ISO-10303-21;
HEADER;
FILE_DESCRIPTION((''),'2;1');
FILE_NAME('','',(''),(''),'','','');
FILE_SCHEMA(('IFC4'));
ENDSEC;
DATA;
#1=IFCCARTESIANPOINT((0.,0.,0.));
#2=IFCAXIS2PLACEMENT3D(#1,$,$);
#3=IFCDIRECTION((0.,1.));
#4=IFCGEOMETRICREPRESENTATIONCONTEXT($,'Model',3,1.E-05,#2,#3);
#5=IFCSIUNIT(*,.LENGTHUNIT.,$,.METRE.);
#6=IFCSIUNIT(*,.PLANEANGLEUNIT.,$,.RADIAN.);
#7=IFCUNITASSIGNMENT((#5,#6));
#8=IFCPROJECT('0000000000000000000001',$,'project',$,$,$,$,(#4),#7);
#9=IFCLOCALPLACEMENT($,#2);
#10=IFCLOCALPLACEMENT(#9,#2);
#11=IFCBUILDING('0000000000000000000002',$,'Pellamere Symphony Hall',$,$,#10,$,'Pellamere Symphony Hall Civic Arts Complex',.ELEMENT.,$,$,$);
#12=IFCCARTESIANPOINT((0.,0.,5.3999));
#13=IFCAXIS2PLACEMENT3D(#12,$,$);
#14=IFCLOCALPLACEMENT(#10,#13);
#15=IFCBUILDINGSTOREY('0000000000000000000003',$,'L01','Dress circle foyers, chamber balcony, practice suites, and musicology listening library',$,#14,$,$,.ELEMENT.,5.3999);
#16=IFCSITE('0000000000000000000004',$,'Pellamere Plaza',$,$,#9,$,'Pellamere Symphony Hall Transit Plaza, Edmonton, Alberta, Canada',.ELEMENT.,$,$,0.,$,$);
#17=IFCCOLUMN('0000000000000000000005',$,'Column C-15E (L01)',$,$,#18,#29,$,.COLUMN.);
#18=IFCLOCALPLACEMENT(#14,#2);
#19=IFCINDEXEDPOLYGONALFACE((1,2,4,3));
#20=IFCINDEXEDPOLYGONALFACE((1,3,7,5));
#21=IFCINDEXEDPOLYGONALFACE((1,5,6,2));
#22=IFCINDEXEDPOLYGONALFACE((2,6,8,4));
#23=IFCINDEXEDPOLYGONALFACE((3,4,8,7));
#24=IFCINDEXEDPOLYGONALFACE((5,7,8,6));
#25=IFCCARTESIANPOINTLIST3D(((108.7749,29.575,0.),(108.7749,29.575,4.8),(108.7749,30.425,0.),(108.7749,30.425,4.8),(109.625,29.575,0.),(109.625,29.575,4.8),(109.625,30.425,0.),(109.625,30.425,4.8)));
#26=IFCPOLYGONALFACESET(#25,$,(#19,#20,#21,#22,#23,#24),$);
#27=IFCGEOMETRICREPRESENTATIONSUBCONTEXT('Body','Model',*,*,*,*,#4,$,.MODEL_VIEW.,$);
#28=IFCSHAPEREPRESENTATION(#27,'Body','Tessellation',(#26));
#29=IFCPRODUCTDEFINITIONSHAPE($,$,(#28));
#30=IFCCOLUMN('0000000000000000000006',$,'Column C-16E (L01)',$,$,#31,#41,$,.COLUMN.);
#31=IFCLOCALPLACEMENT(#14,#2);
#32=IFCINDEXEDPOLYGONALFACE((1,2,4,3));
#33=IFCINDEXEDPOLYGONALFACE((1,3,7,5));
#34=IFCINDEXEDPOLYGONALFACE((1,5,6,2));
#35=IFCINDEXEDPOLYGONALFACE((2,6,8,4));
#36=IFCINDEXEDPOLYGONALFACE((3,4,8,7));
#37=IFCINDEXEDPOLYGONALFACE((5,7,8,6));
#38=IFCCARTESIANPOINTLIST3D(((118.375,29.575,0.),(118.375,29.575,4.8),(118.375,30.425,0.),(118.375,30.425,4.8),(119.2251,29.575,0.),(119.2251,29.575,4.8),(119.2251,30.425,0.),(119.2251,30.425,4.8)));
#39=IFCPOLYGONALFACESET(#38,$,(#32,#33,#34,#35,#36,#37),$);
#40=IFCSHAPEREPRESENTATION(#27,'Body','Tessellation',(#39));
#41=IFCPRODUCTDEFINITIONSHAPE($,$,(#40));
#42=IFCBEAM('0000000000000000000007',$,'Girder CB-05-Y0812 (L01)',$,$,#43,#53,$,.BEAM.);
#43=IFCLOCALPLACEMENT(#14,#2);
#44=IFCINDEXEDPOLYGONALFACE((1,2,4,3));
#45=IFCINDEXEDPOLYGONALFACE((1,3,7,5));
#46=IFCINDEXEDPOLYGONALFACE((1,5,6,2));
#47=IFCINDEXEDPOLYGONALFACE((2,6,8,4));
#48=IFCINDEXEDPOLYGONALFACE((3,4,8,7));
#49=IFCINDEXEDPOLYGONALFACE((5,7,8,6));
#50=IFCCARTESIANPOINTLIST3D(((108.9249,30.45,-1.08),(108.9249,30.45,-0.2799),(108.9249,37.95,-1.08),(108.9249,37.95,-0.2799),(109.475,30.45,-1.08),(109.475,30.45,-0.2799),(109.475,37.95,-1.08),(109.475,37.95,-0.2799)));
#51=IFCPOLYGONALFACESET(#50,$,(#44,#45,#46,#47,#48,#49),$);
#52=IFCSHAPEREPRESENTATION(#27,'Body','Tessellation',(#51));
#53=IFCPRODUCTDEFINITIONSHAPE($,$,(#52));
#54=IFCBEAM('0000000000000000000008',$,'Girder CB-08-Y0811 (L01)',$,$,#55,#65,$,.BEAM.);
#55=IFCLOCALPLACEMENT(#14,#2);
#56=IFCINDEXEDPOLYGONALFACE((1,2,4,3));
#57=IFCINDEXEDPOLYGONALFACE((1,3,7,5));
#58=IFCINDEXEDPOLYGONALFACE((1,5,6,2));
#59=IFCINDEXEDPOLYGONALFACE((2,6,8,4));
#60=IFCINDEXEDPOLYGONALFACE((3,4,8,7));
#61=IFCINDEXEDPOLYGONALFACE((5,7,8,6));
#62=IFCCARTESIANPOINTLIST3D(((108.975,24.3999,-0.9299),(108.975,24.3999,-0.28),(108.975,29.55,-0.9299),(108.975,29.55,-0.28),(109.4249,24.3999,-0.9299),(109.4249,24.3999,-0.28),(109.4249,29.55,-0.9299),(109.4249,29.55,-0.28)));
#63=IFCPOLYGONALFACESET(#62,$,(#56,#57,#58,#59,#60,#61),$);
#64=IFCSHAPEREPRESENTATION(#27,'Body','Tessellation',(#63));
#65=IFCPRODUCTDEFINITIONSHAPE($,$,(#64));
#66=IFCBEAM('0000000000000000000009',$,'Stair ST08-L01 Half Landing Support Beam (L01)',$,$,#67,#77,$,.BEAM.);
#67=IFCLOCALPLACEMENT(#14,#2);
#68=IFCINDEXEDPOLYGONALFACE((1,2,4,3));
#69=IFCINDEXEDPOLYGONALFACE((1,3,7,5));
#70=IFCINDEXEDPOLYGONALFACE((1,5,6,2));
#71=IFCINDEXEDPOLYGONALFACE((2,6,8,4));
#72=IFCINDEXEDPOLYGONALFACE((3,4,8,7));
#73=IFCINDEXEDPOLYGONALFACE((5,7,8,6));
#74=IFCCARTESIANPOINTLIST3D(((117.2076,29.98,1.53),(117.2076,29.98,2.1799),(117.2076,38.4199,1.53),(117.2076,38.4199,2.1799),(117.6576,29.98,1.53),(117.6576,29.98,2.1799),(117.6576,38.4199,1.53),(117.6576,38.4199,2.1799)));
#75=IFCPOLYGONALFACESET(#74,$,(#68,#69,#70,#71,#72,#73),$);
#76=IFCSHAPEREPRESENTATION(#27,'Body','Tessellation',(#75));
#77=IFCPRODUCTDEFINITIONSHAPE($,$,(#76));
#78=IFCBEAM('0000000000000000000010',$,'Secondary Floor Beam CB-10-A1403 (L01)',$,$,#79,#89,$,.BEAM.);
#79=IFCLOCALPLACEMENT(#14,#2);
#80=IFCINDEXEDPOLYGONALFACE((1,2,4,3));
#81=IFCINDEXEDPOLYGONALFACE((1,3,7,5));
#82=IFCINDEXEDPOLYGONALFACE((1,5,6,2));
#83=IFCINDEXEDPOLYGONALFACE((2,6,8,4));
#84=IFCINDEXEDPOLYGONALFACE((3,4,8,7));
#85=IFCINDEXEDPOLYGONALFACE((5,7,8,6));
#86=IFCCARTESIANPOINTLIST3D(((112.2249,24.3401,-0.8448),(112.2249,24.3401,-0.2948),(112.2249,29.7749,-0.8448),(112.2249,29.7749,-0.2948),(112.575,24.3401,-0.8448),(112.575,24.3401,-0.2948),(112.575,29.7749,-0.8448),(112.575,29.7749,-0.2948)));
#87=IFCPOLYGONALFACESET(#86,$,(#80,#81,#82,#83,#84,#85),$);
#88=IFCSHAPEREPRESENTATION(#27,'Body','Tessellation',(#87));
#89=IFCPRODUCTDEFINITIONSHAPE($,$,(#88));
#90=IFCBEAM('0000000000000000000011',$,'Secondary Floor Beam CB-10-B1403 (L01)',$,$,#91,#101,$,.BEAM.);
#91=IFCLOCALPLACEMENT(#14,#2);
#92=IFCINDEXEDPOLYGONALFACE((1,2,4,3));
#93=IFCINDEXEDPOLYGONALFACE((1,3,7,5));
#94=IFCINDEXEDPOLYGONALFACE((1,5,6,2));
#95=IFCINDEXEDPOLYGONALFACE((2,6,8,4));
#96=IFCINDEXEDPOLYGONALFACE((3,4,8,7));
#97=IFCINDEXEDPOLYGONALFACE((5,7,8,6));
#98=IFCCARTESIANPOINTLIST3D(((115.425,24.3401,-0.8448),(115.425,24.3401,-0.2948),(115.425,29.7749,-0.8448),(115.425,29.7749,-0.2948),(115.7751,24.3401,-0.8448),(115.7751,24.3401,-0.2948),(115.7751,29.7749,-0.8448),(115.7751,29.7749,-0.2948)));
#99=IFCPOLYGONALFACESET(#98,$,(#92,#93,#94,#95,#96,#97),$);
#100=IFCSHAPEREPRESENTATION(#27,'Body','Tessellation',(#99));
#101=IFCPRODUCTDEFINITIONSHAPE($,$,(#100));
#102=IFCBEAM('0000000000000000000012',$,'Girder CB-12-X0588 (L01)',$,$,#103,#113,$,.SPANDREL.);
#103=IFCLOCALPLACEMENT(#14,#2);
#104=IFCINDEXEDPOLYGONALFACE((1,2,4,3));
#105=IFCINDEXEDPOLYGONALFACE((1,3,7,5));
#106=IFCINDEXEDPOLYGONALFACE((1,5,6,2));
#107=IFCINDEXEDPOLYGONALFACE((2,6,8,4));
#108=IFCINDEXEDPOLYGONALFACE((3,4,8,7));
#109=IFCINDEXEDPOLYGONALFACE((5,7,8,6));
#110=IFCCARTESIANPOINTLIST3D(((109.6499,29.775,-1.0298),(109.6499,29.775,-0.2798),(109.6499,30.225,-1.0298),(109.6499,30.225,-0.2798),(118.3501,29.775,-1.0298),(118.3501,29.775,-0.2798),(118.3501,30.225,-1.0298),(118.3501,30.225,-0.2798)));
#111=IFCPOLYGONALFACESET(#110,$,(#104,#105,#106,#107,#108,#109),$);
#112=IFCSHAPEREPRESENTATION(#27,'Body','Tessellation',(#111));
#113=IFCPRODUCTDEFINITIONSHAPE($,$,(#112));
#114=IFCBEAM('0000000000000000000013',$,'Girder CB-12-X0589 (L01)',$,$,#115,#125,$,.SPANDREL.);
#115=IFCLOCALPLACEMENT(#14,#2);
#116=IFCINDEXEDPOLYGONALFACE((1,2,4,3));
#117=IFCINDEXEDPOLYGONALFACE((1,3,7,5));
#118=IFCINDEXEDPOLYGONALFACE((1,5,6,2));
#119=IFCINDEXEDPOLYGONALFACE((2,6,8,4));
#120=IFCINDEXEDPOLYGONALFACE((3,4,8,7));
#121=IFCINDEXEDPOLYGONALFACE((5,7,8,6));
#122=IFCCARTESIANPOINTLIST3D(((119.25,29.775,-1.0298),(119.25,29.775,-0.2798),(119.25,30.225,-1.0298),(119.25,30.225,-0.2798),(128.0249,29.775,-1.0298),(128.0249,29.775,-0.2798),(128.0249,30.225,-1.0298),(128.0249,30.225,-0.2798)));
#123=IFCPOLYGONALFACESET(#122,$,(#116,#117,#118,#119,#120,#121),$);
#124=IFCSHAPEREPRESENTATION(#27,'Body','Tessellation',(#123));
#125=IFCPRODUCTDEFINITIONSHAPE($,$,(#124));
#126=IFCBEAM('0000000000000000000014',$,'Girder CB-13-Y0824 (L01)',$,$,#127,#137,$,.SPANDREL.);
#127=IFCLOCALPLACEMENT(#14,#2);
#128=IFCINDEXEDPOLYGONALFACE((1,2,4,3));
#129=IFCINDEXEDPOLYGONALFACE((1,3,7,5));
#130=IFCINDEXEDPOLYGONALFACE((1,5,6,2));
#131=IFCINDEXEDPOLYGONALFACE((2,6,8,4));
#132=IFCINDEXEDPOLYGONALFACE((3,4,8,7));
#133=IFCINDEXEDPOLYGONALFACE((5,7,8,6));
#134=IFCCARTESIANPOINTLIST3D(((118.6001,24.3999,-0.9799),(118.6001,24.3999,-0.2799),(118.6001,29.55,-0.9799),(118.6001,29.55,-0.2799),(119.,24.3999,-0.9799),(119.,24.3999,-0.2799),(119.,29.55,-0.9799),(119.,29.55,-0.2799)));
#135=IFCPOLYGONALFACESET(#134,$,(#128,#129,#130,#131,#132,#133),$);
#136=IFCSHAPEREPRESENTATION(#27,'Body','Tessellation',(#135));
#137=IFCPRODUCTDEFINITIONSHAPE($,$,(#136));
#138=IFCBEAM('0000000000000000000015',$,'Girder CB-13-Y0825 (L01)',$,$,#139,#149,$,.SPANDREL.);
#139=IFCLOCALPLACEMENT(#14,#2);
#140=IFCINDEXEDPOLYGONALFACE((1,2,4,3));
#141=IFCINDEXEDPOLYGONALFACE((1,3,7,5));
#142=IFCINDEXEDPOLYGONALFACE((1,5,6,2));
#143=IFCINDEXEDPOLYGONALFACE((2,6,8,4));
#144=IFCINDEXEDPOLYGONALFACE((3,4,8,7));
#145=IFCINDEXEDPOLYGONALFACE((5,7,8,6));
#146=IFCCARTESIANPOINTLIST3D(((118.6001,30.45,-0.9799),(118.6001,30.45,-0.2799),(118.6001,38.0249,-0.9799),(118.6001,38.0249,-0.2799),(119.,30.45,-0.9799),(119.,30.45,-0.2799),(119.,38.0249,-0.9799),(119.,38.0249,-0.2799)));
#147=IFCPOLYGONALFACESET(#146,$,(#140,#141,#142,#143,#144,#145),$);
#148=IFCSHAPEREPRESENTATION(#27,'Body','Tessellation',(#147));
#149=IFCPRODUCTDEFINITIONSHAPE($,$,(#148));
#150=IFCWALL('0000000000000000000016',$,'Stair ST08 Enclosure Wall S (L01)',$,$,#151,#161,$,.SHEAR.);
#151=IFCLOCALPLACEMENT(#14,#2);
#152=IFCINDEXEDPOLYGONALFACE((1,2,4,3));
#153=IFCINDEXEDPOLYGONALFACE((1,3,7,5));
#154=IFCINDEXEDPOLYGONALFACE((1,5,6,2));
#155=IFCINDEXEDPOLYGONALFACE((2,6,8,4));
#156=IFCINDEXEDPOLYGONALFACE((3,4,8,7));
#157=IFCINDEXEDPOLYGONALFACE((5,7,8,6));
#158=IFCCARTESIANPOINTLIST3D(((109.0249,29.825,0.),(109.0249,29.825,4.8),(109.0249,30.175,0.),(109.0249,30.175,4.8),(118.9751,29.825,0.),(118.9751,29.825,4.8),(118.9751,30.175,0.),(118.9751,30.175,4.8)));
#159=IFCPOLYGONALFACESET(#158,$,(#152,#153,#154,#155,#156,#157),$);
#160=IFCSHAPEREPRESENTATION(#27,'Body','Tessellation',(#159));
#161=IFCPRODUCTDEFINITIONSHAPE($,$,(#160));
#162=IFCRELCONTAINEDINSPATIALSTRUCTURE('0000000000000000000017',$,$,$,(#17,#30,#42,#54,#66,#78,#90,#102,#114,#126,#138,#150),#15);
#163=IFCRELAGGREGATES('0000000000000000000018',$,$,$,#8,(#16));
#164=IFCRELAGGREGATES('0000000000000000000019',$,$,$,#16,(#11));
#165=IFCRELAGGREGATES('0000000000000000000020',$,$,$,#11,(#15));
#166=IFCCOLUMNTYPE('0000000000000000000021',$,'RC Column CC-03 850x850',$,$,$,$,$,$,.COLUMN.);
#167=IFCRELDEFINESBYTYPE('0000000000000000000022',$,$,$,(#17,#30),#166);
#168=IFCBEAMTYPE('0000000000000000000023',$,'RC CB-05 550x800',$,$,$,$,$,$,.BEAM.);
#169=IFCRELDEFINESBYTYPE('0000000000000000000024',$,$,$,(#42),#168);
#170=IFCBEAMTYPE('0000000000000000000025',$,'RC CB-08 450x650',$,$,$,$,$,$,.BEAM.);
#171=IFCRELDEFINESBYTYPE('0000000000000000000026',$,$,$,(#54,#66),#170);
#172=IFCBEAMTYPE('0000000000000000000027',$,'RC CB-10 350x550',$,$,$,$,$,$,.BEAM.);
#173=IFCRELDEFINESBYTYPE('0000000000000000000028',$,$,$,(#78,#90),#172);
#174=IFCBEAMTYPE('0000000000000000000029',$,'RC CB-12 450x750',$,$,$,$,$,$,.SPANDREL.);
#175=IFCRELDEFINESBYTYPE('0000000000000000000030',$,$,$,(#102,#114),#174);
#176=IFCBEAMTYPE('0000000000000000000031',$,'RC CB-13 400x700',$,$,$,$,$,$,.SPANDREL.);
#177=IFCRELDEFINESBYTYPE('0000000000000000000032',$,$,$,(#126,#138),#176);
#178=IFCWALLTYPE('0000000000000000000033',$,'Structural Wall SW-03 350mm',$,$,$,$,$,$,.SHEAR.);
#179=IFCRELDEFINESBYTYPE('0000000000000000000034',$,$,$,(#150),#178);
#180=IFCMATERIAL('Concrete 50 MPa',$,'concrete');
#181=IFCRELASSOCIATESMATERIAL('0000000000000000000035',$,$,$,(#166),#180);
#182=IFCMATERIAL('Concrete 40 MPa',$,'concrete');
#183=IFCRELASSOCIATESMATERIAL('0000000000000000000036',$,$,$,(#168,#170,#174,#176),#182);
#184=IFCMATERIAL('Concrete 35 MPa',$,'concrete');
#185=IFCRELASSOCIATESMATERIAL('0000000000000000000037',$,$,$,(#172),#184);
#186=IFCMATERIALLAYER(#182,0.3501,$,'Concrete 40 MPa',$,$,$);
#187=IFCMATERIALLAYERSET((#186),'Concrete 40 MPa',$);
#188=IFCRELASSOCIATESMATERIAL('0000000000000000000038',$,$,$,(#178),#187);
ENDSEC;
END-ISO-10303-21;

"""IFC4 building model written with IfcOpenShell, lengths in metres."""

from ifc_helpers import new_model, si_unit, direction, frame, frame_2d, origin, origin_2d, place, context, subcontext, project, spatial, rectangle, extrude, material, layer, layer_set, material_profile, profile_set, type_object, element, save


model = new_model("IFC4")

# Units and contexts
model_context = context("Model", 3, precision=1e-05, world=origin(), true_north=direction((0.0, 1.0)))
body_context = subcontext(model_context, "Body", "Model", "MODEL_VIEW")
ifc_project = project(units=[si_unit("LENGTHUNIT", "METRE"), si_unit("PLANEANGLEUNIT", "RADIAN")], contexts=[model_context])

# Site, building, storey
site_placement = place(None, origin())
site = spatial("IfcSite", under=ifc_project, at=site_placement, Name="Pellamere Plaza", LongName="Pellamere Symphony Hall Transit Plaza, Edmonton, Alberta, Canada", CompositionType="ELEMENT", RefElevation=0.0)
building_placement = place(site_placement, origin())
building = spatial("IfcBuilding", under=site, at=building_placement, Name="Pellamere Symphony Hall", LongName="Pellamere Symphony Hall Civic Arts Complex", CompositionType="ELEMENT")
storey_placement = place(building_placement, frame((0.0, 0.0, 5.3999)))
storey = spatial("IfcBuildingStorey", under=building, at=storey_placement, Name="L01", Description="Dress circle foyers, chamber balcony, practice suites, and musicology listening library", CompositionType="ELEMENT", Elevation=5.3999)

# Columns
ifc_material_1 = material(Name="Concrete 50 MPa", Category="concrete")
ifc_material_profile_1 = material_profile(ifc_material_1, rectangle(XDim=0.8501, YDim=0.8501, at=origin_2d()), Name="RC 850x850")
ifc_profile_set_1 = profile_set([ifc_material_profile_1], Name="Concrete 50 MPa")
column_type = type_object("IfcColumnType", Name="RC Column CC-03 850x850", PredefinedType="COLUMN", material=ifc_profile_set_1)
for number, where, z_axis, x_axis, name in (
    (1, (109.2, 30.0, 0.0), (0.0, 0.0, 1.0), (1.0, 0.0, 0.0), "Column C-15E (L01)"),
    (2, (118.8, 30.0, 0.0), (0.0, 0.0, 1.0), (1.0, 0.0, 0.0), "Column C-16E (L01)"),
):
    element("IfcColumn", number, at=place(storey_placement, frame(where, z_axis=z_axis, x_axis=x_axis)), inside=storey, type_object=column_type, Name=name, PredefinedType="COLUMN", context=body_context, shape_type="SweptSolid", body=[
        extrude(rectangle(XDim=0.8501, YDim=0.8501, at=origin_2d()), origin(), (0.0, 0.0, 1.0), 4.8),
    ])

# Beams
ifc_material_2 = material(Name="Concrete 40 MPa", Category="concrete")
ifc_material_profile_2 = material_profile(ifc_material_2, rectangle(XDim=0.55, YDim=0.8, at=origin_2d()), Name="RC 550x800")
ifc_profile_set_2 = profile_set([ifc_material_profile_2], Name="Concrete 40 MPa")
beam_type_1 = type_object("IfcBeamType", Name="RC CB-05 550x800", PredefinedType="BEAM", material=ifc_profile_set_2)
beam_1_placement = place(storey_placement, frame((109.2, 30.45, -0.6799), z_axis=(0.0, 1.0, 0.0), x_axis=(-1.0, 0.0, 0.0)))
element("IfcBeam", 3, at=beam_1_placement, inside=storey, type_object=beam_type_1, Name="Girder CB-05-Y0812 (L01)", PredefinedType="BEAM", context=body_context, shape_type="SweptSolid", body=[
    extrude(rectangle(XDim=0.55, YDim=0.8, at=origin_2d()), origin(), (0.0, 0.0, 1.0), 7.5),
])
ifc_material_profile_3 = material_profile(ifc_material_2, rectangle(XDim=0.45, YDim=0.6499, at=origin_2d()), Name="RC 450x650")
ifc_profile_set_3 = profile_set([ifc_material_profile_3], Name="Concrete 40 MPa")
beam_type_2 = type_object("IfcBeamType", Name="RC CB-08 450x650", PredefinedType="BEAM", material=ifc_profile_set_3)
beam_2_placement = place(storey_placement, frame((109.2, 24.3999, -0.605), z_axis=(0.0, 1.0, 0.0), x_axis=(-1.0, 0.0, 0.0)))
element("IfcBeam", 4, at=beam_2_placement, inside=storey, type_object=beam_type_2, Name="Girder CB-08-Y0811 (L01)", PredefinedType="BEAM", context=body_context, shape_type="SweptSolid", body=[
    extrude(rectangle(XDim=0.45, YDim=0.6499, at=origin_2d()), origin(), (0.0, 0.0, 1.0), 5.1501),
])
beam_3_placement = place(storey_placement, frame((117.4326, 29.98, 1.855), z_axis=(0.0, 1.0, 0.0), x_axis=(-1.0, 0.0, 0.0)))
element("IfcBeam", 5, at=beam_3_placement, inside=storey, type_object=beam_type_2, Name="Stair ST08-L01 Half Landing Support Beam (L01)", PredefinedType="BEAM", context=body_context, shape_type="SweptSolid", body=[
    extrude(rectangle(XDim=0.45, YDim=0.6499, at=origin_2d()), origin(), (0.0, 0.0, 1.0), 8.4399),
])
ifc_material_3 = material(Name="Concrete 35 MPa", Category="concrete")
ifc_material_profile_4 = material_profile(ifc_material_3, rectangle(XDim=0.3501, YDim=0.55, at=origin_2d()), Name="RC 350x550")
ifc_profile_set_4 = profile_set([ifc_material_profile_4], Name="Concrete 35 MPa")
beam_type_3 = type_object("IfcBeamType", Name="RC CB-10 350x550", PredefinedType="BEAM", material=ifc_profile_set_4)
for number, where, z_axis, x_axis, name in (
    (6, (112.3999, 24.3401, -0.5698), (0.0, 1.0, 0.0), (-1.0, 0.0, 0.0), "Secondary Floor Beam CB-10-A1403 (L01)"),
    (7, (115.6001, 24.3401, -0.5698), (0.0, 1.0, 0.0), (-1.0, 0.0, 0.0), "Secondary Floor Beam CB-10-B1403 (L01)"),
):
    element("IfcBeam", number, at=place(storey_placement, frame(where, z_axis=z_axis, x_axis=x_axis)), inside=storey, type_object=beam_type_3, Name=name, PredefinedType="BEAM", context=body_context, shape_type="SweptSolid", body=[
        extrude(rectangle(XDim=0.3501, YDim=0.55, at=origin_2d()), origin(), (0.0, 0.0, 1.0), 5.4348),
    ])
ifc_material_profile_5 = material_profile(ifc_material_2, rectangle(XDim=0.45, YDim=0.75, at=origin_2d()), Name="RC 450x750")
ifc_profile_set_5 = profile_set([ifc_material_profile_5], Name="Concrete 40 MPa")
beam_type_4 = type_object("IfcBeamType", Name="RC CB-12 450x750", PredefinedType="SPANDREL", material=ifc_profile_set_5)
beam_4_placement = place(storey_placement, frame((109.6499, 30.0, -0.6548), z_axis=(1.0, 0.0, 0.0), x_axis=(0.0, 1.0, 0.0)))
element("IfcBeam", 8, at=beam_4_placement, inside=storey, type_object=beam_type_4, Name="Girder CB-12-X0588 (L01)", PredefinedType="SPANDREL", context=body_context, shape_type="SweptSolid", body=[
    extrude(rectangle(XDim=0.45, YDim=0.75, at=origin_2d()), origin(), (0.0, 0.0, 1.0), 8.7002),
])
beam_5_placement = place(storey_placement, frame((119.25, 30.0, -0.6548), z_axis=(1.0, 0.0, 0.0), x_axis=(0.0, 1.0, 0.0)))
element("IfcBeam", 9, at=beam_5_placement, inside=storey, type_object=beam_type_4, Name="Girder CB-12-X0589 (L01)", PredefinedType="SPANDREL", context=body_context, shape_type="SweptSolid", body=[
    extrude(rectangle(XDim=0.45, YDim=0.75, at=origin_2d()), origin(), (0.0, 0.0, 1.0), 8.7749),
])
ifc_material_profile_6 = material_profile(ifc_material_2, rectangle(XDim=0.3999, YDim=0.7, at=origin_2d()), Name="RC 400x700")
ifc_profile_set_6 = profile_set([ifc_material_profile_6], Name="Concrete 40 MPa")
beam_type_5 = type_object("IfcBeamType", Name="RC CB-13 400x700", PredefinedType="SPANDREL", material=ifc_profile_set_6)
beam_6_placement = place(storey_placement, frame((118.8, 24.3999, -0.6299), z_axis=(0.0, 1.0, 0.0), x_axis=(-1.0, 0.0, 0.0)))
element("IfcBeam", 10, at=beam_6_placement, inside=storey, type_object=beam_type_5, Name="Girder CB-13-Y0824 (L01)", PredefinedType="SPANDREL", context=body_context, shape_type="SweptSolid", body=[
    extrude(rectangle(XDim=0.3999, YDim=0.7, at=origin_2d()), origin(), (0.0, 0.0, 1.0), 5.1501),
])
beam_7_placement = place(storey_placement, frame((118.8, 30.45, -0.6299), z_axis=(0.0, 1.0, 0.0), x_axis=(-1.0, 0.0, 0.0)))
element("IfcBeam", 11, at=beam_7_placement, inside=storey, type_object=beam_type_5, Name="Girder CB-13-Y0825 (L01)", PredefinedType="SPANDREL", context=body_context, shape_type="SweptSolid", body=[
    extrude(rectangle(XDim=0.3999, YDim=0.7, at=origin_2d()), origin(), (0.0, 0.0, 1.0), 7.575),
])

# Wall
ifc_layer = layer(ifc_material_2, 0.3501, Name="Concrete 40 MPa")
ifc_layer_set = layer_set([ifc_layer], Name="Concrete 40 MPa")
wall_type = type_object("IfcWallType", Name="Structural Wall SW-03 350mm", PredefinedType="SHEAR", material=ifc_layer_set)
wall_1_placement = place(storey_placement, frame((109.0249, 30.0, 0.0), z_axis=(0.0, 0.0, 1.0), x_axis=(1.0, 0.0, 0.0)))
element("IfcWall", 12, at=wall_1_placement, inside=storey, type_object=wall_type, Name="Stair ST08 Enclosure Wall S (L01)", PredefinedType="SHEAR", context=body_context, shape_type="SweptSolid", body=[
    extrude(rectangle(XDim=9.9502, YDim=0.3501, at=frame_2d((4.9751, 0.0))), origin(), (0.0, 0.0, 1.0), 4.8),
])

save(model, "model.ifc")
